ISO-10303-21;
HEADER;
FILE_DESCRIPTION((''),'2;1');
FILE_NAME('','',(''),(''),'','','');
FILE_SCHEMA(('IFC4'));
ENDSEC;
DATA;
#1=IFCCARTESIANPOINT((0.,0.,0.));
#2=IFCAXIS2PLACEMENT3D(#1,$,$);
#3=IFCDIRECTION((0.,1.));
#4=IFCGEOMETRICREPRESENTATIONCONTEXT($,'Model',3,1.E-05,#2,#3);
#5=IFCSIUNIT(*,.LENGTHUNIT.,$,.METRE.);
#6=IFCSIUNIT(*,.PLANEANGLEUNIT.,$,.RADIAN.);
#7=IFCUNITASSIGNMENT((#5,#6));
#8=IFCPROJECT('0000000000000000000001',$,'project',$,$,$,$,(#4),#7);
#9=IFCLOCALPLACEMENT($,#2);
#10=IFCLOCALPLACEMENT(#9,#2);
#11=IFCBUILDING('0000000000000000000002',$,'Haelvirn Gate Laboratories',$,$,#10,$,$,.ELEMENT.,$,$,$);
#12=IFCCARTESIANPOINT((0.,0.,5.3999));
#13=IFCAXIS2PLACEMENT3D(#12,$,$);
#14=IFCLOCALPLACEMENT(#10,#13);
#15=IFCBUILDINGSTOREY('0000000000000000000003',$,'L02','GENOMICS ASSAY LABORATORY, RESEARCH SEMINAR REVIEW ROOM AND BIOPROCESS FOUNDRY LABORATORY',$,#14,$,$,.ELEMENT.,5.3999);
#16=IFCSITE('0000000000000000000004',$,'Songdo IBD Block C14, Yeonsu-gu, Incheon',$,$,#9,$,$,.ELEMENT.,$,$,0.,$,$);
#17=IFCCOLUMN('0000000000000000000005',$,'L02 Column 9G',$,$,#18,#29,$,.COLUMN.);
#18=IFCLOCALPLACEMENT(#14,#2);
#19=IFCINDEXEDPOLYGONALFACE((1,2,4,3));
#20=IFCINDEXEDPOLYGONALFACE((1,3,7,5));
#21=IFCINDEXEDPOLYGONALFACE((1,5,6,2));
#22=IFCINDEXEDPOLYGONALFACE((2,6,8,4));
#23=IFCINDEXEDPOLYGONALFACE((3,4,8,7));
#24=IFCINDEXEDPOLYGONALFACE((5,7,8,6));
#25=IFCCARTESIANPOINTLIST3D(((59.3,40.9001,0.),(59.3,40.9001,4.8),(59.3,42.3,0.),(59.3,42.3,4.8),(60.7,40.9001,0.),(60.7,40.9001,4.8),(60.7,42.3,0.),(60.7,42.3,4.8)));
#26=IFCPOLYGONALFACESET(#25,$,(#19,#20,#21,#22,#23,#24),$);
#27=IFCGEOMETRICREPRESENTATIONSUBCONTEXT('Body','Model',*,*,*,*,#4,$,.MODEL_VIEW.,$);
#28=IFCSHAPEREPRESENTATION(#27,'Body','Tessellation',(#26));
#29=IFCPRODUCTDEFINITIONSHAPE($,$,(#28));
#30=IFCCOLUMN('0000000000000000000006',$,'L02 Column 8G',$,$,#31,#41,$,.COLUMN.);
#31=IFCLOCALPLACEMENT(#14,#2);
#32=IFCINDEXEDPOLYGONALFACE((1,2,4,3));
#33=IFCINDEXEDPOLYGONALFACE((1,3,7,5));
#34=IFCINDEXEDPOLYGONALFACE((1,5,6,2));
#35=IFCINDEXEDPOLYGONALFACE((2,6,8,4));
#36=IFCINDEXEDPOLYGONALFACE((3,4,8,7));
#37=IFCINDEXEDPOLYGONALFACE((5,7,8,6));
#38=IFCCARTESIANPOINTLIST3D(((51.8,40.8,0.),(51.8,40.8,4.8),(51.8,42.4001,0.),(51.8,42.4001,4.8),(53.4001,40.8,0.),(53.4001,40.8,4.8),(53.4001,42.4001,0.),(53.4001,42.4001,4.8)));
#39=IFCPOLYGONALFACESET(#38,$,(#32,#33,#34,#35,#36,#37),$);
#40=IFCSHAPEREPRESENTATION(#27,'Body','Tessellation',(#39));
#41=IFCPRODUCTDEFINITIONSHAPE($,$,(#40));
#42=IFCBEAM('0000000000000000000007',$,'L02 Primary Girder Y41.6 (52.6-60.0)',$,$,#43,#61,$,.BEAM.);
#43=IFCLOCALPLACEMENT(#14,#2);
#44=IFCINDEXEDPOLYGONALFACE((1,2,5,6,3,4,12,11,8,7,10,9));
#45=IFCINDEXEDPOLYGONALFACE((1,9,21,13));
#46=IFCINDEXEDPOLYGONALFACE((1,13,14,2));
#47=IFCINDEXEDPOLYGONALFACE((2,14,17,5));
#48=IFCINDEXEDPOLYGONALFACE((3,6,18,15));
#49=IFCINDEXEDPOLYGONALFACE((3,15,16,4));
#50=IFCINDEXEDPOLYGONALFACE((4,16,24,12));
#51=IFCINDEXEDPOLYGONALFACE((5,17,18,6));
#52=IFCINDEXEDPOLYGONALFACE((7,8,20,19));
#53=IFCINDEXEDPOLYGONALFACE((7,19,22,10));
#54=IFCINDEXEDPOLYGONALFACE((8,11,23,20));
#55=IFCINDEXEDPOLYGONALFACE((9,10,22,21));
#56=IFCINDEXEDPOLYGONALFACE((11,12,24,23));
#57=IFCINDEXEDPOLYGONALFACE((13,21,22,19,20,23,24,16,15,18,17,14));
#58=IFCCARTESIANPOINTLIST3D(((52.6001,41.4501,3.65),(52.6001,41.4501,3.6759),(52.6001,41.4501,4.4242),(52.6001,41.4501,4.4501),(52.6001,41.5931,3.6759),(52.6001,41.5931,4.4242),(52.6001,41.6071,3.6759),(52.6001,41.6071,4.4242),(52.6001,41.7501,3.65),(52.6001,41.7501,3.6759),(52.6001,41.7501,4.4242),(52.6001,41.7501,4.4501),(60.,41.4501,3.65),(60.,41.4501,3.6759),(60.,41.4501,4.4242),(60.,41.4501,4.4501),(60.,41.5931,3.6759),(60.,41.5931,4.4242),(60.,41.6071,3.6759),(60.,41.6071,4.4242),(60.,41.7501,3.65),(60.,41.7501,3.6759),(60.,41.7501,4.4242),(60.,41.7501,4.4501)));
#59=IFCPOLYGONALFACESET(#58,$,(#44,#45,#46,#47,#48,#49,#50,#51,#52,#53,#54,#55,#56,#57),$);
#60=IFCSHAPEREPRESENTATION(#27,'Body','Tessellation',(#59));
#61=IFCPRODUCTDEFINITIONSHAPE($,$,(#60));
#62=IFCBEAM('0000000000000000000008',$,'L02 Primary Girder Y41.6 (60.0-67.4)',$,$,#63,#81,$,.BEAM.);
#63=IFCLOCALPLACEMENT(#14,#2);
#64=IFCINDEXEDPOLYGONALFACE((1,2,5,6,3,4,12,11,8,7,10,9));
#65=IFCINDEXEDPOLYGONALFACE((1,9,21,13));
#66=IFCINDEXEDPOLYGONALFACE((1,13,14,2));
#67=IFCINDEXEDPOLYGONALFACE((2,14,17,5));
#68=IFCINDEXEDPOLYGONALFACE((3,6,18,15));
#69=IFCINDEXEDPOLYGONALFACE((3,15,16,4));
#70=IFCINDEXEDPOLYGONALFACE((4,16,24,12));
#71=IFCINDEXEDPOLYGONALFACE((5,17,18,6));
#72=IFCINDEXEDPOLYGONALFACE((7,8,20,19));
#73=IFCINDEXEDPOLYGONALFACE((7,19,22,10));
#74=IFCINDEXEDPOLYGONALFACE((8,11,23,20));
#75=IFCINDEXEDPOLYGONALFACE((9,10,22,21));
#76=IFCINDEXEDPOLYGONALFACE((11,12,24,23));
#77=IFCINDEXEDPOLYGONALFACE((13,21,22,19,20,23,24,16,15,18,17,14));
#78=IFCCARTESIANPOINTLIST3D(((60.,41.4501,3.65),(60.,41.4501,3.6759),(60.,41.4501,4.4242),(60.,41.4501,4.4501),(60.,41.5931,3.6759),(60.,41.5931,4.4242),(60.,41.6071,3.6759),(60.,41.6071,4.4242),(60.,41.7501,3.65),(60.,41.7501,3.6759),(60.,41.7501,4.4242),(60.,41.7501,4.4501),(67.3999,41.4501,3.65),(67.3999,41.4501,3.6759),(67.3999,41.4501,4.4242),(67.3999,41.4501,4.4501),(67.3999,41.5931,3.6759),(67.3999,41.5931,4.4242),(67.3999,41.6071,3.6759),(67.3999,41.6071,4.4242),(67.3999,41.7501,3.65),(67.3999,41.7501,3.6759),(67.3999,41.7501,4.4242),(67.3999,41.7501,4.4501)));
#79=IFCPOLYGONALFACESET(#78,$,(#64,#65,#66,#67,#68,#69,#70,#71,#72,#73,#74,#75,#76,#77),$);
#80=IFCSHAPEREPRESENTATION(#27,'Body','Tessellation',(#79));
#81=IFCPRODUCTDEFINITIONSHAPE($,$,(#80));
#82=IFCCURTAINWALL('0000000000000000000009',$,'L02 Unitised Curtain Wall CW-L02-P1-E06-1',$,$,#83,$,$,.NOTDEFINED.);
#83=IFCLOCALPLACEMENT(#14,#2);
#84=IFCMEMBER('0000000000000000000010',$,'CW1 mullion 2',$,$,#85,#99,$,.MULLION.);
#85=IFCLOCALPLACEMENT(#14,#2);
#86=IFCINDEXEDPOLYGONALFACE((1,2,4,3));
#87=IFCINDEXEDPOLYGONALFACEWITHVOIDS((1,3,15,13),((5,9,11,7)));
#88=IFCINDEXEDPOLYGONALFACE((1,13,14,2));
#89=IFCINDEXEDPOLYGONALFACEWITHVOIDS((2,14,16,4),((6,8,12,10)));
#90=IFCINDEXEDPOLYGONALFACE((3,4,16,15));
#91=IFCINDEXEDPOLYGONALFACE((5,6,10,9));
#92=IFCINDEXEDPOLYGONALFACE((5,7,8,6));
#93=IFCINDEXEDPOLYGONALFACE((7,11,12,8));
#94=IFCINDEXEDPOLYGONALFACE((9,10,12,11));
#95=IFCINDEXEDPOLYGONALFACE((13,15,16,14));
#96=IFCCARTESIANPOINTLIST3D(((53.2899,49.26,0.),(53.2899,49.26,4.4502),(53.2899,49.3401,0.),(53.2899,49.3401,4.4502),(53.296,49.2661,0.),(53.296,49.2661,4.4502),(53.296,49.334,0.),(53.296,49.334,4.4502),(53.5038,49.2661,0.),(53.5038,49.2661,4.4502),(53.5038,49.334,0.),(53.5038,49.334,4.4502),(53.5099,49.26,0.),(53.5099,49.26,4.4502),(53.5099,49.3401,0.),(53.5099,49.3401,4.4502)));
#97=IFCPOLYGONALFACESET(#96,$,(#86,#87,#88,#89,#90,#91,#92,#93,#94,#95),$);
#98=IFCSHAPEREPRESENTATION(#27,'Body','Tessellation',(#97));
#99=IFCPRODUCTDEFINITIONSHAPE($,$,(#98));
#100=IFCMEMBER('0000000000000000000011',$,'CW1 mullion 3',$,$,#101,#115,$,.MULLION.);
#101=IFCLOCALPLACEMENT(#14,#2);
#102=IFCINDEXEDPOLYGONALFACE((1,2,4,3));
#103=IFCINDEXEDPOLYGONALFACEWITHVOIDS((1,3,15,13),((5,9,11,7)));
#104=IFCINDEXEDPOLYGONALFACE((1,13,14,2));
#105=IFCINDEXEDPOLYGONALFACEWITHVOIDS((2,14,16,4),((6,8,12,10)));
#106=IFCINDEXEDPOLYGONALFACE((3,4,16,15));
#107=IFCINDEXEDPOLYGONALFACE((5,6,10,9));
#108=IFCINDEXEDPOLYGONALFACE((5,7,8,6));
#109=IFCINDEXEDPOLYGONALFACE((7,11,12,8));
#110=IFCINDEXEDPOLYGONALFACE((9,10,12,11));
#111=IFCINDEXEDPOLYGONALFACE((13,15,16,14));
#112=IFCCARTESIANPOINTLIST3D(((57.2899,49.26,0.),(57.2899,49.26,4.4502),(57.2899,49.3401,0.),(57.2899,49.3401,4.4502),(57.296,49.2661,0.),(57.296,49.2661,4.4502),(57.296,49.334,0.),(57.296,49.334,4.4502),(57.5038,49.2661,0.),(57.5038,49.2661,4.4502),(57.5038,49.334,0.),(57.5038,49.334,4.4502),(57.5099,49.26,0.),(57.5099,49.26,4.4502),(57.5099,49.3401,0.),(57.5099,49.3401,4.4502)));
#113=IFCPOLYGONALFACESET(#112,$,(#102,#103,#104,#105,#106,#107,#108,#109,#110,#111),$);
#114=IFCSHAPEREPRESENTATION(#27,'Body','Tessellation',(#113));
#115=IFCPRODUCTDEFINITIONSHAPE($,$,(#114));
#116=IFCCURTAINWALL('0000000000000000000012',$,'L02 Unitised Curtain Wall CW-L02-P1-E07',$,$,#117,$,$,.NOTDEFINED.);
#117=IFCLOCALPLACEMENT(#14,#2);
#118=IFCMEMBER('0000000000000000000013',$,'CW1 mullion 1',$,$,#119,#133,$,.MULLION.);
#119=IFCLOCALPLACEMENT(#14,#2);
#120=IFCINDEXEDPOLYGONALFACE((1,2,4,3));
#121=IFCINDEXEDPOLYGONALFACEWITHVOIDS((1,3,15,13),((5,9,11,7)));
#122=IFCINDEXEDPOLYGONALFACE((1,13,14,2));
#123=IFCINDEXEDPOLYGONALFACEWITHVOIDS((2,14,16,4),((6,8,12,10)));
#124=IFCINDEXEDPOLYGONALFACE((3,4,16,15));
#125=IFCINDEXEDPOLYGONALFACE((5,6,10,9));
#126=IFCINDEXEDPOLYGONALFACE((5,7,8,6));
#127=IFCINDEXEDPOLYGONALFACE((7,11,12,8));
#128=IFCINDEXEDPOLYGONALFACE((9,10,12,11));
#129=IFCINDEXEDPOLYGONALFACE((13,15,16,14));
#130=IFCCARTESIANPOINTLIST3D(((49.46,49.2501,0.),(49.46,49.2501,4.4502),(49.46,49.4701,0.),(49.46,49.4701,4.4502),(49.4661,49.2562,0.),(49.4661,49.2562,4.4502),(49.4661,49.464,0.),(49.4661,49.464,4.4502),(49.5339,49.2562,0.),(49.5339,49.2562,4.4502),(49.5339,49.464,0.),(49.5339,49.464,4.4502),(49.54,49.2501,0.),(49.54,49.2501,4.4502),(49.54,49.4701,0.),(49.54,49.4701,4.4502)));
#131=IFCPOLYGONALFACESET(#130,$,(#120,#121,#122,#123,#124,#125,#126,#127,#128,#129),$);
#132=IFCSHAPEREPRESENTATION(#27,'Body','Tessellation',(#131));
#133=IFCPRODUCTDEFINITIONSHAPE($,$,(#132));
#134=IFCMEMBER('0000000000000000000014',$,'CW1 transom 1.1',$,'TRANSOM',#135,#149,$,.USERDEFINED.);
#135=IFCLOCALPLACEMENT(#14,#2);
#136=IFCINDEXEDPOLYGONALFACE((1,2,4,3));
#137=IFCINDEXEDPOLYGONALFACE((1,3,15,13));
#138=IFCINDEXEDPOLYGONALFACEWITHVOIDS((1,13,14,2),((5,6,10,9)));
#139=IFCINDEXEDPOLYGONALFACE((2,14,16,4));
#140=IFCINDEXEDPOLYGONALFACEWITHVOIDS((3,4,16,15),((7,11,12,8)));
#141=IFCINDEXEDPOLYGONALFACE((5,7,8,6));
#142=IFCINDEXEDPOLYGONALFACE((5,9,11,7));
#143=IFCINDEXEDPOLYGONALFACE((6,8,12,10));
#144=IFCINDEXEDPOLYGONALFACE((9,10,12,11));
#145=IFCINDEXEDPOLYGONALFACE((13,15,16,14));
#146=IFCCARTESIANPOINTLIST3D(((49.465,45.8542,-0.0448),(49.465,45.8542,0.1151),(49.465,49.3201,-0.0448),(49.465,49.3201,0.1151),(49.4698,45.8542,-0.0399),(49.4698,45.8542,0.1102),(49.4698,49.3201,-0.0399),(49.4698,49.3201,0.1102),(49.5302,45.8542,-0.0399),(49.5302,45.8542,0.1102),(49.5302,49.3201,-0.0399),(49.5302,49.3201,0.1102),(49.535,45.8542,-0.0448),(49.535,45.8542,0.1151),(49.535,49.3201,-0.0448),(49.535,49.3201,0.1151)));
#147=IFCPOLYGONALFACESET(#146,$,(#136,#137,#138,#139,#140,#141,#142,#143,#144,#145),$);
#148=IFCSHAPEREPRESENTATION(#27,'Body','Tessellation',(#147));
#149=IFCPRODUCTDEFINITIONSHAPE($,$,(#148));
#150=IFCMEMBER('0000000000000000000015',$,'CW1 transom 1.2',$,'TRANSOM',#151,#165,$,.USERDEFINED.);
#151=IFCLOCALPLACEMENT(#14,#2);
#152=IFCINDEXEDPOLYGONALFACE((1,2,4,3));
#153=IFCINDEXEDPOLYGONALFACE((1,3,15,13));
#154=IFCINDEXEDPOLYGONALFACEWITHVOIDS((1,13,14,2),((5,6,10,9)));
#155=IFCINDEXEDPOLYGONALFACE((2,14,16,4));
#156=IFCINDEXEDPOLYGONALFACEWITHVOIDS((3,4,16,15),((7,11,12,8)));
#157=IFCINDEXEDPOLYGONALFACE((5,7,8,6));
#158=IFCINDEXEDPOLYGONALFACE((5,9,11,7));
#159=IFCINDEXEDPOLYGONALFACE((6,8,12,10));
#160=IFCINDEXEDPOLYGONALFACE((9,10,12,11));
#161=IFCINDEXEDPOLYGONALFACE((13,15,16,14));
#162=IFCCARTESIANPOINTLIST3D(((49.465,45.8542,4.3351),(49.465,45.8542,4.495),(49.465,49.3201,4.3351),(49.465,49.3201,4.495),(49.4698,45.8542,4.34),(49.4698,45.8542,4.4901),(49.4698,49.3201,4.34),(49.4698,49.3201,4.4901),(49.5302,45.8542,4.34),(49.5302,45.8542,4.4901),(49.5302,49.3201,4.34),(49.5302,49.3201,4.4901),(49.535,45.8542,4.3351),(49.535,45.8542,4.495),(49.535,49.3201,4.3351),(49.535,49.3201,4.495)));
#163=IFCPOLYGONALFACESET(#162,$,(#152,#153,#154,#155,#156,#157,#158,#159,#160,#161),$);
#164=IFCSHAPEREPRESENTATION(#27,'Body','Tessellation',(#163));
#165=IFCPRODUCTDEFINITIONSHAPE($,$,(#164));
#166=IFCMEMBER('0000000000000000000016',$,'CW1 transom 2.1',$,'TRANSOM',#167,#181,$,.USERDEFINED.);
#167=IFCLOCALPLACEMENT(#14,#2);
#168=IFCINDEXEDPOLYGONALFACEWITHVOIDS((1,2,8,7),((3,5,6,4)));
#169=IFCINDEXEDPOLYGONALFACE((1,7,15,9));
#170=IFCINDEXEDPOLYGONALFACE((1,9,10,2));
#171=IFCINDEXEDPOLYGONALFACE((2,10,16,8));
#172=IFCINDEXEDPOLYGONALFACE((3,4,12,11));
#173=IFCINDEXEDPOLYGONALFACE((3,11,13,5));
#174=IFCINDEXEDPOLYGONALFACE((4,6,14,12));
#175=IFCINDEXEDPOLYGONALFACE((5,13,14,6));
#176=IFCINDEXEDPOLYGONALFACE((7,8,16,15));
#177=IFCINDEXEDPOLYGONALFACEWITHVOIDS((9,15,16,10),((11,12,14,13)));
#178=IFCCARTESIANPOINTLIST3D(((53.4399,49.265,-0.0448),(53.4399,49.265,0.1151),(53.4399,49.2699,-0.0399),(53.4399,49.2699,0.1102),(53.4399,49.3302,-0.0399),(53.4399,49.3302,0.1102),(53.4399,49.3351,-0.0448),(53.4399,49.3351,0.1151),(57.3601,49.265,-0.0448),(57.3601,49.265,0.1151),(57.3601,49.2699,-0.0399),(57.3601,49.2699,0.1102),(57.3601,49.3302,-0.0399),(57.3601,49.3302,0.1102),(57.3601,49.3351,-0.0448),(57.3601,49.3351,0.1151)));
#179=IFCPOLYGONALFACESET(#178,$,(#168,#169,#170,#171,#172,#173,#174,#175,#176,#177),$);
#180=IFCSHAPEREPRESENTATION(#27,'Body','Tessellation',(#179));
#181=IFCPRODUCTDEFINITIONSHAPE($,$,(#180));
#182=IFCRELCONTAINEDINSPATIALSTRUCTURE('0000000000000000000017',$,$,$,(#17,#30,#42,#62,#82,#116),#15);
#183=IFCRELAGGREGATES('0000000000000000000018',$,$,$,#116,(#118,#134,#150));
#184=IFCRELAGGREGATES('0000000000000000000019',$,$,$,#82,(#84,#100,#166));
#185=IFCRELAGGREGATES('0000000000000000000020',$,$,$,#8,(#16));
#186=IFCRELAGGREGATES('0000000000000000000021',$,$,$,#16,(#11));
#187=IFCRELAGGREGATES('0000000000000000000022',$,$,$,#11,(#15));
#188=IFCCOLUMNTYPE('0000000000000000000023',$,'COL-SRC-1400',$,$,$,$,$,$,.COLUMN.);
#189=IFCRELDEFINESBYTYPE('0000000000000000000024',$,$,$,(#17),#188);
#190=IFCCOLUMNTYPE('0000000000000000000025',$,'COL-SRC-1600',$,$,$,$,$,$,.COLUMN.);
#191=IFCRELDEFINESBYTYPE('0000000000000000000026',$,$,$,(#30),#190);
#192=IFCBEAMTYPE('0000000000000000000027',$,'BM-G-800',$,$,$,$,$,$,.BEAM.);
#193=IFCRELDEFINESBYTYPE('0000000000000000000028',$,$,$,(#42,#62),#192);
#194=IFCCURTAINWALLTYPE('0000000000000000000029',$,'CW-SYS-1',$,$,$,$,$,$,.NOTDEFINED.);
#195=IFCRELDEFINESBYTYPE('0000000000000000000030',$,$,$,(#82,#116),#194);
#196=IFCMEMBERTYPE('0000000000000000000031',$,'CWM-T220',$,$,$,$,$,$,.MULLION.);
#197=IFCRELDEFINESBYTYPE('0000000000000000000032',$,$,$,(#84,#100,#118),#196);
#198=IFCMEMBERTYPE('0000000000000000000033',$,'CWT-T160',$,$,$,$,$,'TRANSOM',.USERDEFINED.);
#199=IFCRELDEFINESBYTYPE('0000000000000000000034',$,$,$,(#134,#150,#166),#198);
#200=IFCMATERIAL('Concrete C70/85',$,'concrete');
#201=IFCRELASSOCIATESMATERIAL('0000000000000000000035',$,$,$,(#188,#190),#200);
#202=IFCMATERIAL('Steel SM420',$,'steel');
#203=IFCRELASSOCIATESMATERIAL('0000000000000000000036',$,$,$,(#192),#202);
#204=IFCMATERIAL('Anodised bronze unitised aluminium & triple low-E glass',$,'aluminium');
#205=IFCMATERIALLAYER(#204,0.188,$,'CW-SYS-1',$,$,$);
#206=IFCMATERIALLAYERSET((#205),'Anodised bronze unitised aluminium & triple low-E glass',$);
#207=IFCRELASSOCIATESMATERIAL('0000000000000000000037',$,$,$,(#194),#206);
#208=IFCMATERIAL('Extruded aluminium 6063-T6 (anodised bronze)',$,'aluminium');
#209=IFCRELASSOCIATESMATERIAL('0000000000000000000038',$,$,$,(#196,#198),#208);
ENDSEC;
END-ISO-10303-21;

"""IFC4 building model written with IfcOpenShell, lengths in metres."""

from ifc_helpers import new_model, si_unit, direction, frame, origin, origin_2d, place, context, subcontext, project, spatial, rectangle, hollow_rectangle, i_section, extrude, source, transform, mapped, material, layer, layer_set, material_profile, profile_set, type_object, type_shapes, element, aggregate, save


model = new_model("IFC4")

# Units and contexts
model_context = context("Model", 3, precision=1e-05, world=origin(), true_north=direction((0.0, 1.0)))
body_context = subcontext(model_context, "Body", "Model", "MODEL_VIEW")
ifc_project = project(units=[si_unit("LENGTHUNIT", "METRE"), si_unit("PLANEANGLEUNIT", "RADIAN")], contexts=[model_context])

# Site, building, storey
site_placement = place(None, origin())
site = spatial("IfcSite", under=ifc_project, at=site_placement, Name="Songdo IBD Block C14, Yeonsu-gu, Incheon", CompositionType="ELEMENT", RefElevation=0.0)
building_placement = place(site_placement, origin())
building = spatial("IfcBuilding", under=site, at=building_placement, Name="Haelvirn Gate Laboratories", CompositionType="ELEMENT")
storey_placement = place(building_placement, frame((0.0, 0.0, 5.3999)))
storey = spatial("IfcBuildingStorey", under=building, at=storey_placement, Name="L02", Description="GENOMICS ASSAY LABORATORY, RESEARCH SEMINAR REVIEW ROOM AND BIOPROCESS FOUNDRY LABORATORY", CompositionType="ELEMENT", Elevation=5.3999)

# Columns
ifc_material_1 = material(Name="Concrete C70/85", Category="concrete")
ifc_material_profile_1 = material_profile(ifc_material_1, rectangle(XDim=1.3999, YDim=1.3999, at=origin_2d()), Name="SRC-1400x1400")
ifc_profile_set_1 = profile_set([ifc_material_profile_1], Name="Concrete C70/85")
column_type_1 = type_object("IfcColumnType", Name="COL-SRC-1400", PredefinedType="COLUMN", material=ifc_profile_set_1)
shared_shape_1 = source(origin(), body_context, "Body", "SweptSolid", [
    extrude(rectangle(XDim=1.3999, YDim=1.3999, at=origin_2d()), origin(), (0.0, 0.0, 1.0), 4.8),
])
type_shapes(column_type_1, [shared_shape_1])
column_1_placement = place(storey_placement, frame((60.0, 41.6001, 0.0), z_axis=(0.0, 0.0, 1.0), x_axis=(1.0, 0.0, 0.0)))
element("IfcColumn", 1, at=column_1_placement, inside=storey, type_object=column_type_1, Name="L02 Column 9G", PredefinedType="COLUMN", context=body_context, shape_type="MappedRepresentation", body=[
    mapped(shared_shape_1, transform((0.0, 0.0, 0.0), scale=1.0)),
])
ifc_material_profile_2 = material_profile(ifc_material_1, rectangle(XDim=1.6001, YDim=1.6001, at=origin_2d()), Name="SRC-1600x1600")
ifc_profile_set_2 = profile_set([ifc_material_profile_2], Name="Concrete C70/85")
column_type_2 = type_object("IfcColumnType", Name="COL-SRC-1600", PredefinedType="COLUMN", material=ifc_profile_set_2)
shared_shape_2 = source(origin(), body_context, "Body", "SweptSolid", [
    extrude(rectangle(XDim=1.6001, YDim=1.6001, at=origin_2d()), origin(), (0.0, 0.0, 1.0), 4.8),
])
type_shapes(column_type_2, [shared_shape_2])
column_2_placement = place(storey_placement, frame((52.6001, 41.6001, 0.0), z_axis=(0.0, 0.0, 1.0), x_axis=(1.0, 0.0, 0.0)))
element("IfcColumn", 2, at=column_2_placement, inside=storey, type_object=column_type_2, Name="L02 Column 8G", PredefinedType="COLUMN", context=body_context, shape_type="MappedRepresentation", body=[
    mapped(shared_shape_2, transform((0.0, 0.0, 0.0), scale=1.0)),
])

# Beams
ifc_material_2 = material(Name="Steel SM420", Category="steel")
ifc_material_profile_3 = material_profile(ifc_material_2, i_section(OverallWidth=0.3, OverallDepth=0.8, WebThickness=0.0139, FlangeThickness=0.0259, at=origin_2d()), Name="H-800x300x14x26")
ifc_profile_set_3 = profile_set([ifc_material_profile_3], Name="Steel SM420")
beam_type = type_object("IfcBeamType", Name="BM-G-800", PredefinedType="BEAM", material=ifc_profile_set_3)
shared_shape_3 = source(origin(), body_context, "Body", "SweptSolid", [
    extrude(i_section(OverallWidth=0.3, OverallDepth=0.8, WebThickness=0.0139, FlangeThickness=0.0259, at=origin_2d()), origin(), (0.0, 0.0, 1.0), 7.3999),
])
type_shapes(beam_type, [shared_shape_3])
for number, where, z_axis, x_axis, name in (
    (3, (52.6001, 41.6001, 4.05), (1.0, 0.0, 0.0), (0.0, 1.0, 0.0), "L02 Primary Girder Y41.6 (52.6-60.0)"),
    (4, (60.0, 41.6001, 4.05), (1.0, 0.0, 0.0), (0.0, 1.0, 0.0), "L02 Primary Girder Y41.6 (60.0-67.4)"),
):
    element("IfcBeam", number, at=place(storey_placement, frame(where, z_axis=z_axis, x_axis=x_axis)), inside=storey, type_object=beam_type, Name=name, PredefinedType="BEAM", context=body_context, shape_type="MappedRepresentation", body=[
        mapped(shared_shape_3, transform((0.0, 0.0, 0.0), scale=1.0)),
    ])

# Curtain walls, members
ifc_material_3 = material(Name="Anodised bronze unitised aluminium & triple low-E glass", Category="aluminium")
ifc_layer_1 = layer(ifc_material_3, 0.188, Name="CW-SYS-1")
ifc_layer_set_1 = layer_set([ifc_layer_1], Name="Anodised bronze unitised aluminium & triple low-E glass")
curtain_wall_type = type_object("IfcCurtainWallType", Name="CW-SYS-1", PredefinedType="NOTDEFINED", material=ifc_layer_set_1)
curtain_wall_1_placement = place(storey_placement, origin())
curtain_wall_1 = element("IfcCurtainWall", 5, at=curtain_wall_1_placement, inside=storey, type_object=curtain_wall_type, Name="L02 Unitised Curtain Wall CW-L02-P1-E06-1", PredefinedType="NOTDEFINED")
ifc_material_4 = material(Name="Extruded aluminium 6063-T6 (anodised bronze)", Category="aluminium")
ifc_material_profile_4 = material_profile(ifc_material_4, hollow_rectangle(XDim=0.0801, YDim=0.22, WallThickness=0.0061, at=origin_2d()), Name="CWM-220x80x6")
ifc_profile_set_4 = profile_set([ifc_material_profile_4], Name="Extruded aluminium 6063-T6 (anodised bronze)")
member_type_1 = type_object("IfcMemberType", Name="CWM-T220", PredefinedType="MULLION", material=ifc_profile_set_4)
shared_shape_4 = source(origin(), body_context, "Body", "SweptSolid", [
    extrude(hollow_rectangle(XDim=0.0801, YDim=0.22, WallThickness=0.0061, at=origin_2d()), origin(), (0.0, 0.0, 1.0), 4.4502),
])
type_shapes(member_type_1, [shared_shape_4])
member_1_placement = place(storey_placement, frame((53.3999, 49.3, 0.0), z_axis=(0.0, 0.0, 1.0), x_axis=(0.0, 1.0, 0.0)))
member_1 = element("IfcMember", 6, at=member_1_placement, type_object=member_type_1, Name="CW1 mullion 2", PredefinedType="MULLION", context=body_context, shape_type="MappedRepresentation", body=[
    mapped(shared_shape_4, transform((0.0, 0.0, 0.0), scale=1.0)),
])
member_2_placement = place(storey_placement, frame((57.3999, 49.3, 0.0), z_axis=(0.0, 0.0, 1.0), x_axis=(0.0, 1.0, 0.0)))
member_2 = element("IfcMember", 7, at=member_2_placement, type_object=member_type_1, Name="CW1 mullion 3", PredefinedType="MULLION", context=body_context, shape_type="MappedRepresentation", body=[
    mapped(shared_shape_4, transform((0.0, 0.0, 0.0), scale=1.0)),
])
curtain_wall_2_placement = place(storey_placement, origin())
curtain_wall_2 = element("IfcCurtainWall", 8, at=curtain_wall_2_placement, inside=storey, type_object=curtain_wall_type, Name="L02 Unitised Curtain Wall CW-L02-P1-E07", PredefinedType="NOTDEFINED")
member_3_placement = place(storey_placement, frame((49.5, 49.3601, 0.0), z_axis=(0.0, 0.0, 1.0), x_axis=(1.0, 0.0, 0.0)))
member_3 = element("IfcMember", 9, at=member_3_placement, type_object=member_type_1, Name="CW1 mullion 1", PredefinedType="MULLION", context=body_context, shape_type="MappedRepresentation", body=[
    mapped(shared_shape_4, transform((0.0, 0.0, 0.0), scale=1.0)),
])
ifc_material_profile_5 = material_profile(ifc_material_4, hollow_rectangle(XDim=0.0701, YDim=0.1599, WallThickness=0.0049, at=origin_2d()), Name="CWT-160x70x5")
ifc_profile_set_5 = profile_set([ifc_material_profile_5], Name="Extruded aluminium 6063-T6 (anodised bronze)")
member_type_2 = type_object("IfcMemberType", Name="CWT-T160", ElementType="TRANSOM", PredefinedType="USERDEFINED", material=ifc_profile_set_5)
shared_shape_5 = source(origin(), body_context, "Body", "SweptSolid", [
    extrude(hollow_rectangle(XDim=0.0701, YDim=0.1599, WallThickness=0.0049, at=origin_2d()), origin(), (0.0, 0.0, 1.0), 3.4658),
])
member_4_placement = place(storey_placement, frame((49.5, 49.3201, 0.0352), z_axis=(0.0, -1.0, 0.0), x_axis=(1.0, 0.0, 0.0)))
member_4 = element("IfcMember", 10, at=member_4_placement, type_object=member_type_2, Name="CW1 transom 1.1", ObjectType="TRANSOM", PredefinedType="USERDEFINED", context=body_context, shape_type="MappedRepresentation", body=[
    mapped(shared_shape_5, transform((0.0, 0.0, 0.0), scale=1.0)),
])
member_5_placement = place(storey_placement, frame((49.5, 49.3201, 4.415), z_axis=(0.0, -1.0, 0.0), x_axis=(1.0, 0.0, 0.0)))
member_5 = element("IfcMember", 11, at=member_5_placement, type_object=member_type_2, Name="CW1 transom 1.2", ObjectType="TRANSOM", PredefinedType="USERDEFINED", context=body_context, shape_type="MappedRepresentation", body=[
    mapped(shared_shape_5, transform((0.0, 0.0, 0.0), scale=1.0)),
])

# Member
shared_shape_6 = source(origin(), body_context, "Body", "SweptSolid", [
    extrude(hollow_rectangle(XDim=0.0701, YDim=0.1599, WallThickness=0.0049, at=origin_2d()), origin(), (0.0, 0.0, 1.0), 3.9202),
])
type_shapes(member_type_2, [shared_shape_5, shared_shape_6])
member_6_placement = place(storey_placement, frame((53.4399, 49.3, 0.0352), z_axis=(1.0, 0.0, 0.0), x_axis=(0.0, 1.0, 0.0)))
member_6 = element("IfcMember", 12, at=member_6_placement, type_object=member_type_2, Name="CW1 transom 2.1", ObjectType="TRANSOM", PredefinedType="USERDEFINED", context=body_context, shape_type="MappedRepresentation", body=[
    mapped(shared_shape_6, transform((0.0, 0.0, 0.0), scale=1.0)),
])

aggregate(curtain_wall_2, [member_3, member_4, member_5])
aggregate(curtain_wall_1, [member_1, member_2, member_6])

save(model, "model.ifc")
